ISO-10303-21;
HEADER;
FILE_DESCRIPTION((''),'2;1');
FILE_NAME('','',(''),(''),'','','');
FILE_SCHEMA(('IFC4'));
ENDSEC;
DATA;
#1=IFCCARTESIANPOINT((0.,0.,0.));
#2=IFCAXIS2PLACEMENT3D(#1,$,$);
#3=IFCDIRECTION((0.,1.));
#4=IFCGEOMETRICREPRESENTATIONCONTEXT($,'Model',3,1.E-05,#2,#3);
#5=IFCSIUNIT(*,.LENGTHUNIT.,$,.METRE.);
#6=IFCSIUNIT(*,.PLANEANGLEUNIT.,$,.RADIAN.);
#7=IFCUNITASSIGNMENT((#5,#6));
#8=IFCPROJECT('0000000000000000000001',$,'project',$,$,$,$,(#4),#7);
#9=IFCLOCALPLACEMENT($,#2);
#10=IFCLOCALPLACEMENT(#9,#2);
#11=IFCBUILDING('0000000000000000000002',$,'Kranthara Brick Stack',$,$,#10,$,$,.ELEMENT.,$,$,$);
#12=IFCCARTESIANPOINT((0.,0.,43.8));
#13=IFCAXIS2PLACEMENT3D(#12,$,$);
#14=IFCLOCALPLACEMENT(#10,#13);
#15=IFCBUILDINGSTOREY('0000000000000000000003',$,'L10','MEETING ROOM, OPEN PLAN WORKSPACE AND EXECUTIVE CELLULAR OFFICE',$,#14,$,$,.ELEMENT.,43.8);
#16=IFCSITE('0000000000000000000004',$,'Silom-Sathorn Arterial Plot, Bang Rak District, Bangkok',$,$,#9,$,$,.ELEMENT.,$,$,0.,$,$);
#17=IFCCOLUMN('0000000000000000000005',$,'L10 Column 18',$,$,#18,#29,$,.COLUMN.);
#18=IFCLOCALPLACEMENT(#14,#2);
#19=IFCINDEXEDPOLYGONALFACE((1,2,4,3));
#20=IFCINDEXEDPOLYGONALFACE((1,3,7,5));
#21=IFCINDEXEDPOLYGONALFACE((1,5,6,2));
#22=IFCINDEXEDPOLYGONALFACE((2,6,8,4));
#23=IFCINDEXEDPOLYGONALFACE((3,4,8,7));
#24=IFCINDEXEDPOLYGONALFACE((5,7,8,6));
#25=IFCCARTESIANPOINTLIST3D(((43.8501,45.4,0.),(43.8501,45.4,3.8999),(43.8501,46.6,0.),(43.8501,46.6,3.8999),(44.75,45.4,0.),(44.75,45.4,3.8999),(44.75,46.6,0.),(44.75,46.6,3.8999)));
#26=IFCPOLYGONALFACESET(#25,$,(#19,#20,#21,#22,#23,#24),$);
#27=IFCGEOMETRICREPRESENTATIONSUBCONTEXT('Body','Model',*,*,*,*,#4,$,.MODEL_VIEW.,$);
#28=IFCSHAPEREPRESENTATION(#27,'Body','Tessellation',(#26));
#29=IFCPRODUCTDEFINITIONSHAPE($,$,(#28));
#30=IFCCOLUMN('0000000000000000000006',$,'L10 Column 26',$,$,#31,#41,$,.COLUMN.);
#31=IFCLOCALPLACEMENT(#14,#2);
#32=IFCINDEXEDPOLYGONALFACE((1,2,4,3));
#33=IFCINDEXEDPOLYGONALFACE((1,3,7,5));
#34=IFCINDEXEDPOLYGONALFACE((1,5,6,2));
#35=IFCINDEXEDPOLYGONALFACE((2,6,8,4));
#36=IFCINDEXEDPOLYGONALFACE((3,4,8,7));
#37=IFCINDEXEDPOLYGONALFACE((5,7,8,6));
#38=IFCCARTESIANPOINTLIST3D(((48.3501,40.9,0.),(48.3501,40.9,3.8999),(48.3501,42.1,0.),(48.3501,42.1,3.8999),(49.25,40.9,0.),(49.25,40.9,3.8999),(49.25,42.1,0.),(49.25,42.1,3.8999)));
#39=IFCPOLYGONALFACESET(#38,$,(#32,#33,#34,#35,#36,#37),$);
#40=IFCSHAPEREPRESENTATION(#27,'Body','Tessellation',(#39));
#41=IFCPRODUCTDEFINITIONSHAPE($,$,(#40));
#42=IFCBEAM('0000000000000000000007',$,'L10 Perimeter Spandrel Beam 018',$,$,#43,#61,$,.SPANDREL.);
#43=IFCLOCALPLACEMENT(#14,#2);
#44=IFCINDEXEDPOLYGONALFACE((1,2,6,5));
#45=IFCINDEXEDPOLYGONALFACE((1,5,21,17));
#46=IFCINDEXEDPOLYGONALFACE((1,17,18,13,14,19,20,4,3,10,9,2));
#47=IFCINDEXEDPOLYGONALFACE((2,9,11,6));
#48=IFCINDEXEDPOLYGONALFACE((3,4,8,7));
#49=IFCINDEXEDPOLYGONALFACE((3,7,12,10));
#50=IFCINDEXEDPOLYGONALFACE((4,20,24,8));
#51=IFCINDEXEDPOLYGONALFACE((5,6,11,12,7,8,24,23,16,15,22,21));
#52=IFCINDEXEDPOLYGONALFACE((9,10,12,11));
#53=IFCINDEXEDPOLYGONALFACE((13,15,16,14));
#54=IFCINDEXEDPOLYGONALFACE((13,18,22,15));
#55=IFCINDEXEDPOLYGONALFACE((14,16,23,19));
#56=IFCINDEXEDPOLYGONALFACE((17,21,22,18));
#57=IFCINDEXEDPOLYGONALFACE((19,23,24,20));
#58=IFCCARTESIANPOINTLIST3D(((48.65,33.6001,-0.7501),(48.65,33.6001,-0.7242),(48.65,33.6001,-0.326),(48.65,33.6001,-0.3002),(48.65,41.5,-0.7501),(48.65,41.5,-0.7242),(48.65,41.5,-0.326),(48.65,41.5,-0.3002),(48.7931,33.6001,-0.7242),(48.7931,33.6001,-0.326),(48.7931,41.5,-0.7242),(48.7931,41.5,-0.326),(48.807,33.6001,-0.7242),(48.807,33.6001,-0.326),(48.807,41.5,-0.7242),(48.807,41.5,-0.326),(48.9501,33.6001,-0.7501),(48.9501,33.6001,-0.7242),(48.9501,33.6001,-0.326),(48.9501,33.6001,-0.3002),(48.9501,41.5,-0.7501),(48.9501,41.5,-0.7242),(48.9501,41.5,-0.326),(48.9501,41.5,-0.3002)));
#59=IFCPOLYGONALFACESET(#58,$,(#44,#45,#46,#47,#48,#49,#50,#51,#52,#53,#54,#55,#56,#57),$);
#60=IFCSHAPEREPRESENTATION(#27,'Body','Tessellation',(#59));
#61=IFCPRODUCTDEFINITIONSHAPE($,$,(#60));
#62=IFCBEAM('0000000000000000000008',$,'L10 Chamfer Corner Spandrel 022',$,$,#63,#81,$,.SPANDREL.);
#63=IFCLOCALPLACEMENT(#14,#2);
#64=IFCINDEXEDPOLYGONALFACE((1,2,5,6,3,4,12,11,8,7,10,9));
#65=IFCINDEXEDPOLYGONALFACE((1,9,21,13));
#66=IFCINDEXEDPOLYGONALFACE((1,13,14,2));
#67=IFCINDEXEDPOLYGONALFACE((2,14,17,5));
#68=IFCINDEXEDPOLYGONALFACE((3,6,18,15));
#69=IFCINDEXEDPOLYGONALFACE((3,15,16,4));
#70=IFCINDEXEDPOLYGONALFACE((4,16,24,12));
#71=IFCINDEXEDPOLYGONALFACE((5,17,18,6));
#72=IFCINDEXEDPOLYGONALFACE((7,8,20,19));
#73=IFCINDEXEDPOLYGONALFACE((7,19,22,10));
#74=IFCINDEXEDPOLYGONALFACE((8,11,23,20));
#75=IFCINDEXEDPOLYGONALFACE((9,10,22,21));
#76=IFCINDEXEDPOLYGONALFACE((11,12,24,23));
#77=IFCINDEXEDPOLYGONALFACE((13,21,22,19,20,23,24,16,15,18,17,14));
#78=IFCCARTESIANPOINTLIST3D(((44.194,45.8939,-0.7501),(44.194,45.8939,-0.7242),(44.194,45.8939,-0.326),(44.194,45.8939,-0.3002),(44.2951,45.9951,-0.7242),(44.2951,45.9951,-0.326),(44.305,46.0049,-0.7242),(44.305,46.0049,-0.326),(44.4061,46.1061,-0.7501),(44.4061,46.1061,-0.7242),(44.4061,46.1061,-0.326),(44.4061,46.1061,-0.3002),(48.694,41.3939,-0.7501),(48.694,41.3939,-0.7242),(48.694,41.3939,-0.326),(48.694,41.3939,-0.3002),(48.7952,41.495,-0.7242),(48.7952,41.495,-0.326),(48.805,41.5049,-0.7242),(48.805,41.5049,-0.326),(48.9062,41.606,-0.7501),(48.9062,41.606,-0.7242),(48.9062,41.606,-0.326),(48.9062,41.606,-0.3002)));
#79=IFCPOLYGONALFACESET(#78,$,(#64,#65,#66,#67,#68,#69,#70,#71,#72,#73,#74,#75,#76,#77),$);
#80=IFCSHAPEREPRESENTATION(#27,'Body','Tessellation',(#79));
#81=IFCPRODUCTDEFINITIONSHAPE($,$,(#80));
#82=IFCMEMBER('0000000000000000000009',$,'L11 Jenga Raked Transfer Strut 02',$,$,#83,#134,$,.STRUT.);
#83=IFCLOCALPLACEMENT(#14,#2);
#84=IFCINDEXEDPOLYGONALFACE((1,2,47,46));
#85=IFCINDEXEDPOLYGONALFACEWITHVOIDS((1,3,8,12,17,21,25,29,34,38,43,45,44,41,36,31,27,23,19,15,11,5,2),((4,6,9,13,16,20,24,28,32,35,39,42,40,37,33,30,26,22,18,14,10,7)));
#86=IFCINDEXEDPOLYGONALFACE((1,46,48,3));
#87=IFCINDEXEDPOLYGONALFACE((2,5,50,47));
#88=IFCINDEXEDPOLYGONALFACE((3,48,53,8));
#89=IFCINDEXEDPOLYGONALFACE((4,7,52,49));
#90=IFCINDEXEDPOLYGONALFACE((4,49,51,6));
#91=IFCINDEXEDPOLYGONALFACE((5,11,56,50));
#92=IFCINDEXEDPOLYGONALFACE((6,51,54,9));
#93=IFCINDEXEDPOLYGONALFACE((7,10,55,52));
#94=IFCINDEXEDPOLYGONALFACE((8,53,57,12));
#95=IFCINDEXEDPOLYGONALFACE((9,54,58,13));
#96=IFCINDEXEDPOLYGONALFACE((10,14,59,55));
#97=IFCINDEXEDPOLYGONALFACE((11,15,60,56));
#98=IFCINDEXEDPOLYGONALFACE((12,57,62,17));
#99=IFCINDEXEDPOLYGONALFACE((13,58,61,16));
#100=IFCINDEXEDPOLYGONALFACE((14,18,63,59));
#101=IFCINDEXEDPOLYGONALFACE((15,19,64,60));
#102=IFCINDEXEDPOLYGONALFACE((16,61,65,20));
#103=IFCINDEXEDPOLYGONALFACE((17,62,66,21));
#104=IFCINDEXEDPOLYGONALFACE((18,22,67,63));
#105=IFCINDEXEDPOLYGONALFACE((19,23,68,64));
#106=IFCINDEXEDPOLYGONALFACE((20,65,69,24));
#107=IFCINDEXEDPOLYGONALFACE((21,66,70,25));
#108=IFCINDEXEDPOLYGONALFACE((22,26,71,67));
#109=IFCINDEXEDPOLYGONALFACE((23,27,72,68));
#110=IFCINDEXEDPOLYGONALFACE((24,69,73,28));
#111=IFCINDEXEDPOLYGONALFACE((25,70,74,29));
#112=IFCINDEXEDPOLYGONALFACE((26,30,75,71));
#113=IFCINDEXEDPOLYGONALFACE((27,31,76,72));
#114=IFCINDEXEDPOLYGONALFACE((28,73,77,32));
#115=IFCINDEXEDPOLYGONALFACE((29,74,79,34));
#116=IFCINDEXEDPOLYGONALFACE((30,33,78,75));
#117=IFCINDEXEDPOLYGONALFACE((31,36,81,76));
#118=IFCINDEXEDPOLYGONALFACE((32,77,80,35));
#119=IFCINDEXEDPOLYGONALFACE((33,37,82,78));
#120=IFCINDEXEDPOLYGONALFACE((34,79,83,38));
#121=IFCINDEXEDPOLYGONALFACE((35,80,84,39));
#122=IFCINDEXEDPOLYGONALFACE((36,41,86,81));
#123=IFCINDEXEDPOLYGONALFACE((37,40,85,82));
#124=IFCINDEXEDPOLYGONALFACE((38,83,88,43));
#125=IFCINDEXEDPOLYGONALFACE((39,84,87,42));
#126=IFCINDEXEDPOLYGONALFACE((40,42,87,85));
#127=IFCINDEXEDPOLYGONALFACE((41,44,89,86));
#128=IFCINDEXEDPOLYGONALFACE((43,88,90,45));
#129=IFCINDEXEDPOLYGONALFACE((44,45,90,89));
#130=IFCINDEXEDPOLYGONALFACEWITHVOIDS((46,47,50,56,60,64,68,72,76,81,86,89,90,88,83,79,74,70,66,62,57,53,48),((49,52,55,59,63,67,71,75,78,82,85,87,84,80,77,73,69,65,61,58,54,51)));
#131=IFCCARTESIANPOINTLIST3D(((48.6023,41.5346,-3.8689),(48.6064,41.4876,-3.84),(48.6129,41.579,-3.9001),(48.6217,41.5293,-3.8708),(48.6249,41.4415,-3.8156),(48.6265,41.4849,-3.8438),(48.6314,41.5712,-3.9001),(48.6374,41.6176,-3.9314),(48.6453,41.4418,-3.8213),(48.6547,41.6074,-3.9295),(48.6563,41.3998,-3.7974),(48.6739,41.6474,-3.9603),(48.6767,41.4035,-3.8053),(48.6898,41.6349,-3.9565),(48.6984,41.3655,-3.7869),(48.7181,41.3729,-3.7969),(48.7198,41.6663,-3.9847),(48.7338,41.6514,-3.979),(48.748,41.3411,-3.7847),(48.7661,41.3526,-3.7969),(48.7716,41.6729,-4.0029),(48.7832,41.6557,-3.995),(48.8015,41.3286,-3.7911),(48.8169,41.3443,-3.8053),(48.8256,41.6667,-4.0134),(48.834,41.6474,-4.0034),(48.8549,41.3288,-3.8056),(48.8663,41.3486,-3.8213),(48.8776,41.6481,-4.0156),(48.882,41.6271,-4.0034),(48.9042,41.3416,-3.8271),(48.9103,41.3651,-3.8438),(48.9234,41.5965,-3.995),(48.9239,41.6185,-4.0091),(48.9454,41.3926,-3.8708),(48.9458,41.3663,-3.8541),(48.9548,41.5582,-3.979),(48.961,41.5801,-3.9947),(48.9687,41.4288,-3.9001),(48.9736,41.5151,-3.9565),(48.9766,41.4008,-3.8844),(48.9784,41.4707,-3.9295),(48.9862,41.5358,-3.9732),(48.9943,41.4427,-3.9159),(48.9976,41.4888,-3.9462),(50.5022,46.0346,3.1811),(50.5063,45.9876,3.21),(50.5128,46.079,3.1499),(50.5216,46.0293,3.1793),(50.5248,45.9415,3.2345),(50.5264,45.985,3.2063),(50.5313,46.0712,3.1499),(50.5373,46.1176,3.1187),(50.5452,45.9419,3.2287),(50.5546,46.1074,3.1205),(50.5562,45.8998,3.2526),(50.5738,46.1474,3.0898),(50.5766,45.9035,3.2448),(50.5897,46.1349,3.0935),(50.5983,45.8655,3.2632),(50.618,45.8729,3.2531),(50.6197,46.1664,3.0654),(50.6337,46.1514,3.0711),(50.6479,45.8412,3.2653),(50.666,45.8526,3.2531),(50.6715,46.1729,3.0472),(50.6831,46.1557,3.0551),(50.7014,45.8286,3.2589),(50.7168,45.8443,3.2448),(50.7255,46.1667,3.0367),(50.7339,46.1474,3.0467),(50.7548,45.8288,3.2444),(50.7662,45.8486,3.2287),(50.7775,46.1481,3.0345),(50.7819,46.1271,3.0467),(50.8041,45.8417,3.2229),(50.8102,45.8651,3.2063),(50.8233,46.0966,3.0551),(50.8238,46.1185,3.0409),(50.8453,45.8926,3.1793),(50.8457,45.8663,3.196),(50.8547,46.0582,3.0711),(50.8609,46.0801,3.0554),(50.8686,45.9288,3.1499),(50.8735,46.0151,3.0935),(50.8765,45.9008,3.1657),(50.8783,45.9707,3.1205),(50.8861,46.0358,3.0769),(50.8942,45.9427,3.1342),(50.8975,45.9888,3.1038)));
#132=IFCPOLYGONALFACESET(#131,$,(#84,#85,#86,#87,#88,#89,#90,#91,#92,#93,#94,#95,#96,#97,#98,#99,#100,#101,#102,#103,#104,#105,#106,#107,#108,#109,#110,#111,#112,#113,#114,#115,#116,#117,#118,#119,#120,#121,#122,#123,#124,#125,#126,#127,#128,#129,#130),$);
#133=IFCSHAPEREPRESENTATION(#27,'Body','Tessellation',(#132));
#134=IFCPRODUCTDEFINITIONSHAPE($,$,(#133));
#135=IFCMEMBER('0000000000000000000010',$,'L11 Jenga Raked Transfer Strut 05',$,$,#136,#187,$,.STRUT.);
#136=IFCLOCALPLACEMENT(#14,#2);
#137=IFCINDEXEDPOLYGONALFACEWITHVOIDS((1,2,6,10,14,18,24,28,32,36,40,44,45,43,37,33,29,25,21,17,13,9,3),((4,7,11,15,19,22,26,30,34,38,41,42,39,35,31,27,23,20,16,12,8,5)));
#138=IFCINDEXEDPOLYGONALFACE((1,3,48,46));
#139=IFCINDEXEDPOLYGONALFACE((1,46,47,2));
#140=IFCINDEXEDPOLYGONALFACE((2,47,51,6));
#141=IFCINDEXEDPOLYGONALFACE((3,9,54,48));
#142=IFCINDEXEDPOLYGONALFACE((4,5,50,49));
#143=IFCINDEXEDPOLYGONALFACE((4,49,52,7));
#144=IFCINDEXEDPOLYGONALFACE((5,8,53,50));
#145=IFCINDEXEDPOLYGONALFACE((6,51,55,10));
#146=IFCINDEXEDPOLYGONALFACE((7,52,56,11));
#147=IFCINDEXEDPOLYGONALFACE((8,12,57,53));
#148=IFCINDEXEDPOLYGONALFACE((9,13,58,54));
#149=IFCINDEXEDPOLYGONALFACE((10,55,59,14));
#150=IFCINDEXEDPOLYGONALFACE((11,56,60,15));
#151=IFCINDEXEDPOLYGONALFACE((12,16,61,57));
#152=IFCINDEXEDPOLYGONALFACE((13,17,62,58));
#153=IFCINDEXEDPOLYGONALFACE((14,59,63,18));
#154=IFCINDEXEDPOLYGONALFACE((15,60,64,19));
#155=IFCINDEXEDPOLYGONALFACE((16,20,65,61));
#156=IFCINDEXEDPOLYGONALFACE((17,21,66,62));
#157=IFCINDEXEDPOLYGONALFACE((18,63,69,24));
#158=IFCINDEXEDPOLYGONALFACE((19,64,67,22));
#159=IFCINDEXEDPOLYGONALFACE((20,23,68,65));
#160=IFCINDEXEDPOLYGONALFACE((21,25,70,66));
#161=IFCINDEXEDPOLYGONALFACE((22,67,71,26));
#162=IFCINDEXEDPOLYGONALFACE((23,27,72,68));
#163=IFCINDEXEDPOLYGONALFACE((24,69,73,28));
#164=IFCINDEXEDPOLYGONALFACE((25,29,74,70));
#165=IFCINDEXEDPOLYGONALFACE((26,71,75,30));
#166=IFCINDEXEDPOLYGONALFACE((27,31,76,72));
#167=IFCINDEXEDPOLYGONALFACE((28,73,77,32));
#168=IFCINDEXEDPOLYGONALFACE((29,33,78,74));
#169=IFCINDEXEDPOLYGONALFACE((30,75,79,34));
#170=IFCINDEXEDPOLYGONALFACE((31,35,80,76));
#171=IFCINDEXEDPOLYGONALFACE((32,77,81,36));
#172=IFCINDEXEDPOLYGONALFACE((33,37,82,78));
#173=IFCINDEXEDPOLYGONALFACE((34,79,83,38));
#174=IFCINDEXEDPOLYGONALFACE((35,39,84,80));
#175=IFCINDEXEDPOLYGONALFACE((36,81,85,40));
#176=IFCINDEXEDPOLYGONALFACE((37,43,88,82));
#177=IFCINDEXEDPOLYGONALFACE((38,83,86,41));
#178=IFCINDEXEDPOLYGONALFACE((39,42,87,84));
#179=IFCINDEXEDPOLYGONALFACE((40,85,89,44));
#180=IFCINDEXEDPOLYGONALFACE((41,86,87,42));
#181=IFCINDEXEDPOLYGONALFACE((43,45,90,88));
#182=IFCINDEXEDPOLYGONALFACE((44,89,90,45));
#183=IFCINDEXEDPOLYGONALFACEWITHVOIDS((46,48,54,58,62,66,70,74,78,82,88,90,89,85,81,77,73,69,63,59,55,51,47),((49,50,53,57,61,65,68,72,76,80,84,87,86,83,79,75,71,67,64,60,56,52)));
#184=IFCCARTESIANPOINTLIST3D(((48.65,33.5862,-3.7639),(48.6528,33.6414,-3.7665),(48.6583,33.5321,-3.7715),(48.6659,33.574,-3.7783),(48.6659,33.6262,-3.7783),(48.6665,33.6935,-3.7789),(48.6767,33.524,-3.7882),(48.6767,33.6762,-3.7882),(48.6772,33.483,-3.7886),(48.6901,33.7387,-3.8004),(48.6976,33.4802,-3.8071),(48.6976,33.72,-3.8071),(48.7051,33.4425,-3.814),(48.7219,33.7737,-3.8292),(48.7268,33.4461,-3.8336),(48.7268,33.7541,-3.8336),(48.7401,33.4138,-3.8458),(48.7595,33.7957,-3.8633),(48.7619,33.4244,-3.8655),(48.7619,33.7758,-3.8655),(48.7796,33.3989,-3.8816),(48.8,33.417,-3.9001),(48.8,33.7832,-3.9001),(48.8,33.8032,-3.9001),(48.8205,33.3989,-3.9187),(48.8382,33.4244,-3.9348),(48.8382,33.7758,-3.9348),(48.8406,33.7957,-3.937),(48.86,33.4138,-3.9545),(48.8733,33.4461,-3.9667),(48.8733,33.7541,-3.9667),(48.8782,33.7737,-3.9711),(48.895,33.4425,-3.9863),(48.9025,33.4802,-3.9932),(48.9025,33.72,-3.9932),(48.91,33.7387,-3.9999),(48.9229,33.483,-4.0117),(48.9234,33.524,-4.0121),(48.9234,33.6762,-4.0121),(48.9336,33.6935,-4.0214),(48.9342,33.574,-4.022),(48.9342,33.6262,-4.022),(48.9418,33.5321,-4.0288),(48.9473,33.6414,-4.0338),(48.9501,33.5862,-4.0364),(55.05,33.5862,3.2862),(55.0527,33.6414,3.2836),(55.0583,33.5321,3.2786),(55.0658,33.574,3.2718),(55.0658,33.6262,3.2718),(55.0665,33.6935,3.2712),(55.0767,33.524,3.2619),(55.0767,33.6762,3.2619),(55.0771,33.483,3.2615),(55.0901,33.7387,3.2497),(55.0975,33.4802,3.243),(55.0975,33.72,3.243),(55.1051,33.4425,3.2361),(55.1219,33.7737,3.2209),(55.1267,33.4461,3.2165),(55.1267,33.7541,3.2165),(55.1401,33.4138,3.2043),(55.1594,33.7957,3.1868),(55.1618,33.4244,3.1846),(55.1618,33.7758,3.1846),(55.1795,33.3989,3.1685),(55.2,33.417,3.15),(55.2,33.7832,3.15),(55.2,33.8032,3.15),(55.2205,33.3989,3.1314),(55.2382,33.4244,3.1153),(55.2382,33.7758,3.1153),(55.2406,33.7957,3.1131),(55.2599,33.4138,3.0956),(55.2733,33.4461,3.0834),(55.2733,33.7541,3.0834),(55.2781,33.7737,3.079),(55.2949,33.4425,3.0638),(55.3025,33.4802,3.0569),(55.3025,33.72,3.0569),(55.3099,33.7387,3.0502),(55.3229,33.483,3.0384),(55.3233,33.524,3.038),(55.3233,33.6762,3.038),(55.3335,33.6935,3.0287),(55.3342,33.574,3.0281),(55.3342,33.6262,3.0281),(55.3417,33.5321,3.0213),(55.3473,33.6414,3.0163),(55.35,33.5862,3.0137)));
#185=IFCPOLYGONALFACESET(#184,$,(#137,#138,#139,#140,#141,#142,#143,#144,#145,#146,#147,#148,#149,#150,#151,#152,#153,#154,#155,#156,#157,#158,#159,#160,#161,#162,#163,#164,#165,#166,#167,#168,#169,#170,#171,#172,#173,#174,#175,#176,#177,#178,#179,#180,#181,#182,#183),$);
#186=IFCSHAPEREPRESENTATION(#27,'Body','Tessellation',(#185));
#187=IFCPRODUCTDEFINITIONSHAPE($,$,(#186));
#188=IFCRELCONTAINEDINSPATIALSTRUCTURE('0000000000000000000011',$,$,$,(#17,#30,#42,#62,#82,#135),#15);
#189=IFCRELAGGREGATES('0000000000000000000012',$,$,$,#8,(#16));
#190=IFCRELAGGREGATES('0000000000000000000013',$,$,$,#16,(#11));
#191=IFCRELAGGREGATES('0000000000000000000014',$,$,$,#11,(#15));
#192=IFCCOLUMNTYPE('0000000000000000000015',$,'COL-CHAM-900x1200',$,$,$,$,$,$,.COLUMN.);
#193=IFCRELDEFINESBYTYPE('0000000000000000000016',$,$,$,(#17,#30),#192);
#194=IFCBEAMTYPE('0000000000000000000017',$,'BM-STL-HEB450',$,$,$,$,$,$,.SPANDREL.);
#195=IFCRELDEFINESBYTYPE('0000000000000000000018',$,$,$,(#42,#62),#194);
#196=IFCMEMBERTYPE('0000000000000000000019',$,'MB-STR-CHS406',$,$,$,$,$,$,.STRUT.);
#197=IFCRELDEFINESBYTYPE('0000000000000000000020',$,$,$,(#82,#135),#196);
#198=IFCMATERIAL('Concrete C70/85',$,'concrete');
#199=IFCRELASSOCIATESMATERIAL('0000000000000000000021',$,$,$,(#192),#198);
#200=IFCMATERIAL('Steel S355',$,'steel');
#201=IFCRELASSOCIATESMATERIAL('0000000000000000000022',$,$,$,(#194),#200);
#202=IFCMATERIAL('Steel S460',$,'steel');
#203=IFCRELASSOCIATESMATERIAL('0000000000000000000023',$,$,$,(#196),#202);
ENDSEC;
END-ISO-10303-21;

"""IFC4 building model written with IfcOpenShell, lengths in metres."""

from ifc_helpers import new_model, si_unit, direction, frame, origin, origin_2d, place, context, subcontext, project, spatial, rectangle, hollow_circle, i_section, extrude, material, material_profile, profile_set, type_object, element, save


model = new_model("IFC4")

# Units and contexts
model_context = context("Model", 3, precision=1e-05, world=origin(), true_north=direction((0.0, 1.0)))
body_context = subcontext(model_context, "Body", "Model", "MODEL_VIEW")
ifc_project = project(units=[si_unit("LENGTHUNIT", "METRE"), si_unit("PLANEANGLEUNIT", "RADIAN")], contexts=[model_context])

# Site, building, storey
site_placement = place(None, origin())
site = spatial("IfcSite", under=ifc_project, at=site_placement, Name="Silom-Sathorn Arterial Plot, Bang Rak District, Bangkok", CompositionType="ELEMENT", RefElevation=0.0)
building_placement = place(site_placement, origin())
building = spatial("IfcBuilding", under=site, at=building_placement, Name="Kranthara Brick Stack", CompositionType="ELEMENT")
storey_placement = place(building_placement, frame((0.0, 0.0, 43.8)))
storey = spatial("IfcBuildingStorey", under=building, at=storey_placement, Name="L10", Description="MEETING ROOM, OPEN PLAN WORKSPACE AND EXECUTIVE CELLULAR OFFICE", CompositionType="ELEMENT", Elevation=43.8)

# Columns
ifc_material_1 = material(Name="Concrete C70/85", Category="concrete")
ifc_material_profile_1 = material_profile(ifc_material_1, rectangle(XDim=0.8999, YDim=1.2, at=origin_2d()), Name="RC 900x1200")
ifc_profile_set_1 = profile_set([ifc_material_profile_1], Name="Concrete C70/85")
column_type = type_object("IfcColumnType", Name="COL-CHAM-900x1200", PredefinedType="COLUMN", material=ifc_profile_set_1)
for number, where, z_axis, x_axis, name in (
    (1, (44.3, 46.0, 0.0), (0.0, 0.0, 1.0), (1.0, 0.0, 0.0), "L10 Column 18"),
    (2, (48.8, 41.5, 0.0), (0.0, 0.0, 1.0), (1.0, 0.0, 0.0), "L10 Column 26"),
):
    element("IfcColumn", number, at=place(storey_placement, frame(where, z_axis=z_axis, x_axis=x_axis)), inside=storey, type_object=column_type, Name=name, PredefinedType="COLUMN", context=body_context, shape_type="SweptSolid", body=[
        extrude(rectangle(XDim=0.8999, YDim=1.2, at=origin_2d()), origin(), (0.0, 0.0, 1.0), 3.8999),
    ])

# Beams
ifc_material_2 = material(Name="Steel S355", Category="steel")
ifc_material_profile_2 = material_profile(ifc_material_2, i_section(OverallWidth=0.3, OverallDepth=0.45, WebThickness=0.0139, FlangeThickness=0.0259, at=origin_2d()), Name="HEB 450")
ifc_profile_set_2 = profile_set([ifc_material_profile_2], Name="Steel S355")
beam_type = type_object("IfcBeamType", Name="BM-STL-HEB450", PredefinedType="SPANDREL", material=ifc_profile_set_2)
beam_1_placement = place(storey_placement, frame((48.8, 33.6001, -0.5251), z_axis=(0.0, 1.0, 0.0), x_axis=(-1.0, 0.0, 0.0)))
element("IfcBeam", 3, at=beam_1_placement, inside=storey, type_object=beam_type, Name="L10 Perimeter Spandrel Beam 018", PredefinedType="SPANDREL", context=body_context, shape_type="SweptSolid", body=[
    extrude(i_section(OverallWidth=0.3, OverallDepth=0.45, WebThickness=0.0139, FlangeThickness=0.0259, at=origin_2d()), origin(), (0.0, 0.0, 1.0), 7.8999),
])
beam_2_placement = place(storey_placement, frame((44.3, 46.0, -0.5251), z_axis=(0.707107, -0.707107, 0.0), x_axis=(0.707107, 0.707107, 0.0)))
element("IfcBeam", 4, at=beam_2_placement, inside=storey, type_object=beam_type, Name="L10 Chamfer Corner Spandrel 022", PredefinedType="SPANDREL", context=body_context, shape_type="SweptSolid", body=[
    extrude(i_section(OverallWidth=0.3, OverallDepth=0.45, WebThickness=0.0139, FlangeThickness=0.0259, at=origin_2d()), origin(), (0.0, 0.0, 1.0), 6.364),
])

# Members
ifc_material_3 = material(Name="Steel S460", Category="steel")
ifc_material_profile_3 = material_profile(ifc_material_3, hollow_circle(Radius=0.2031, WallThickness=0.02, at=origin_2d()), Name="CHS 406.4x20")
ifc_profile_set_3 = profile_set([ifc_material_profile_3], Name="Steel S460")
member_type = type_object("IfcMemberType", Name="MB-STR-CHS406", PredefinedType="STRUT", material=ifc_profile_set_3)
member_placement = place(storey_placement, frame((48.8, 41.5, -3.9001), z_axis=(0.221514, 0.524667, 0.821983), x_axis=(-0.921257, 0.388955, 0.0)))
element("IfcMember", 5, at=member_placement, inside=storey, type_object=member_type, Name="L11 Jenga Raked Transfer Strut 02", PredefinedType="STRUT", context=body_context, shape_type="SweptSolid", body=[
    extrude(hollow_circle(Radius=0.2031, WallThickness=0.02, at=origin_2d()), origin(), (0.0, 0.0, 1.0), 8.5769),
])
for number, where, z_axis, x_axis, name in (
    (6, (48.8, 33.6001, -3.9001), (0.672142, 0.0, 0.740423), (0.0, 1.0, 0.0), "L11 Jenga Raked Transfer Strut 05"),
):
    element("IfcMember", number, at=place(storey_placement, frame(where, z_axis=z_axis, x_axis=x_axis)), inside=storey, type_object=member_type, Name=name, PredefinedType="STRUT", context=body_context, shape_type="SweptSolid", body=[
        extrude(hollow_circle(Radius=0.2031, WallThickness=0.02, at=origin_2d()), origin(), (0.0, 0.0, 1.0), 9.5217),
    ])

save(model, "model.ifc")
